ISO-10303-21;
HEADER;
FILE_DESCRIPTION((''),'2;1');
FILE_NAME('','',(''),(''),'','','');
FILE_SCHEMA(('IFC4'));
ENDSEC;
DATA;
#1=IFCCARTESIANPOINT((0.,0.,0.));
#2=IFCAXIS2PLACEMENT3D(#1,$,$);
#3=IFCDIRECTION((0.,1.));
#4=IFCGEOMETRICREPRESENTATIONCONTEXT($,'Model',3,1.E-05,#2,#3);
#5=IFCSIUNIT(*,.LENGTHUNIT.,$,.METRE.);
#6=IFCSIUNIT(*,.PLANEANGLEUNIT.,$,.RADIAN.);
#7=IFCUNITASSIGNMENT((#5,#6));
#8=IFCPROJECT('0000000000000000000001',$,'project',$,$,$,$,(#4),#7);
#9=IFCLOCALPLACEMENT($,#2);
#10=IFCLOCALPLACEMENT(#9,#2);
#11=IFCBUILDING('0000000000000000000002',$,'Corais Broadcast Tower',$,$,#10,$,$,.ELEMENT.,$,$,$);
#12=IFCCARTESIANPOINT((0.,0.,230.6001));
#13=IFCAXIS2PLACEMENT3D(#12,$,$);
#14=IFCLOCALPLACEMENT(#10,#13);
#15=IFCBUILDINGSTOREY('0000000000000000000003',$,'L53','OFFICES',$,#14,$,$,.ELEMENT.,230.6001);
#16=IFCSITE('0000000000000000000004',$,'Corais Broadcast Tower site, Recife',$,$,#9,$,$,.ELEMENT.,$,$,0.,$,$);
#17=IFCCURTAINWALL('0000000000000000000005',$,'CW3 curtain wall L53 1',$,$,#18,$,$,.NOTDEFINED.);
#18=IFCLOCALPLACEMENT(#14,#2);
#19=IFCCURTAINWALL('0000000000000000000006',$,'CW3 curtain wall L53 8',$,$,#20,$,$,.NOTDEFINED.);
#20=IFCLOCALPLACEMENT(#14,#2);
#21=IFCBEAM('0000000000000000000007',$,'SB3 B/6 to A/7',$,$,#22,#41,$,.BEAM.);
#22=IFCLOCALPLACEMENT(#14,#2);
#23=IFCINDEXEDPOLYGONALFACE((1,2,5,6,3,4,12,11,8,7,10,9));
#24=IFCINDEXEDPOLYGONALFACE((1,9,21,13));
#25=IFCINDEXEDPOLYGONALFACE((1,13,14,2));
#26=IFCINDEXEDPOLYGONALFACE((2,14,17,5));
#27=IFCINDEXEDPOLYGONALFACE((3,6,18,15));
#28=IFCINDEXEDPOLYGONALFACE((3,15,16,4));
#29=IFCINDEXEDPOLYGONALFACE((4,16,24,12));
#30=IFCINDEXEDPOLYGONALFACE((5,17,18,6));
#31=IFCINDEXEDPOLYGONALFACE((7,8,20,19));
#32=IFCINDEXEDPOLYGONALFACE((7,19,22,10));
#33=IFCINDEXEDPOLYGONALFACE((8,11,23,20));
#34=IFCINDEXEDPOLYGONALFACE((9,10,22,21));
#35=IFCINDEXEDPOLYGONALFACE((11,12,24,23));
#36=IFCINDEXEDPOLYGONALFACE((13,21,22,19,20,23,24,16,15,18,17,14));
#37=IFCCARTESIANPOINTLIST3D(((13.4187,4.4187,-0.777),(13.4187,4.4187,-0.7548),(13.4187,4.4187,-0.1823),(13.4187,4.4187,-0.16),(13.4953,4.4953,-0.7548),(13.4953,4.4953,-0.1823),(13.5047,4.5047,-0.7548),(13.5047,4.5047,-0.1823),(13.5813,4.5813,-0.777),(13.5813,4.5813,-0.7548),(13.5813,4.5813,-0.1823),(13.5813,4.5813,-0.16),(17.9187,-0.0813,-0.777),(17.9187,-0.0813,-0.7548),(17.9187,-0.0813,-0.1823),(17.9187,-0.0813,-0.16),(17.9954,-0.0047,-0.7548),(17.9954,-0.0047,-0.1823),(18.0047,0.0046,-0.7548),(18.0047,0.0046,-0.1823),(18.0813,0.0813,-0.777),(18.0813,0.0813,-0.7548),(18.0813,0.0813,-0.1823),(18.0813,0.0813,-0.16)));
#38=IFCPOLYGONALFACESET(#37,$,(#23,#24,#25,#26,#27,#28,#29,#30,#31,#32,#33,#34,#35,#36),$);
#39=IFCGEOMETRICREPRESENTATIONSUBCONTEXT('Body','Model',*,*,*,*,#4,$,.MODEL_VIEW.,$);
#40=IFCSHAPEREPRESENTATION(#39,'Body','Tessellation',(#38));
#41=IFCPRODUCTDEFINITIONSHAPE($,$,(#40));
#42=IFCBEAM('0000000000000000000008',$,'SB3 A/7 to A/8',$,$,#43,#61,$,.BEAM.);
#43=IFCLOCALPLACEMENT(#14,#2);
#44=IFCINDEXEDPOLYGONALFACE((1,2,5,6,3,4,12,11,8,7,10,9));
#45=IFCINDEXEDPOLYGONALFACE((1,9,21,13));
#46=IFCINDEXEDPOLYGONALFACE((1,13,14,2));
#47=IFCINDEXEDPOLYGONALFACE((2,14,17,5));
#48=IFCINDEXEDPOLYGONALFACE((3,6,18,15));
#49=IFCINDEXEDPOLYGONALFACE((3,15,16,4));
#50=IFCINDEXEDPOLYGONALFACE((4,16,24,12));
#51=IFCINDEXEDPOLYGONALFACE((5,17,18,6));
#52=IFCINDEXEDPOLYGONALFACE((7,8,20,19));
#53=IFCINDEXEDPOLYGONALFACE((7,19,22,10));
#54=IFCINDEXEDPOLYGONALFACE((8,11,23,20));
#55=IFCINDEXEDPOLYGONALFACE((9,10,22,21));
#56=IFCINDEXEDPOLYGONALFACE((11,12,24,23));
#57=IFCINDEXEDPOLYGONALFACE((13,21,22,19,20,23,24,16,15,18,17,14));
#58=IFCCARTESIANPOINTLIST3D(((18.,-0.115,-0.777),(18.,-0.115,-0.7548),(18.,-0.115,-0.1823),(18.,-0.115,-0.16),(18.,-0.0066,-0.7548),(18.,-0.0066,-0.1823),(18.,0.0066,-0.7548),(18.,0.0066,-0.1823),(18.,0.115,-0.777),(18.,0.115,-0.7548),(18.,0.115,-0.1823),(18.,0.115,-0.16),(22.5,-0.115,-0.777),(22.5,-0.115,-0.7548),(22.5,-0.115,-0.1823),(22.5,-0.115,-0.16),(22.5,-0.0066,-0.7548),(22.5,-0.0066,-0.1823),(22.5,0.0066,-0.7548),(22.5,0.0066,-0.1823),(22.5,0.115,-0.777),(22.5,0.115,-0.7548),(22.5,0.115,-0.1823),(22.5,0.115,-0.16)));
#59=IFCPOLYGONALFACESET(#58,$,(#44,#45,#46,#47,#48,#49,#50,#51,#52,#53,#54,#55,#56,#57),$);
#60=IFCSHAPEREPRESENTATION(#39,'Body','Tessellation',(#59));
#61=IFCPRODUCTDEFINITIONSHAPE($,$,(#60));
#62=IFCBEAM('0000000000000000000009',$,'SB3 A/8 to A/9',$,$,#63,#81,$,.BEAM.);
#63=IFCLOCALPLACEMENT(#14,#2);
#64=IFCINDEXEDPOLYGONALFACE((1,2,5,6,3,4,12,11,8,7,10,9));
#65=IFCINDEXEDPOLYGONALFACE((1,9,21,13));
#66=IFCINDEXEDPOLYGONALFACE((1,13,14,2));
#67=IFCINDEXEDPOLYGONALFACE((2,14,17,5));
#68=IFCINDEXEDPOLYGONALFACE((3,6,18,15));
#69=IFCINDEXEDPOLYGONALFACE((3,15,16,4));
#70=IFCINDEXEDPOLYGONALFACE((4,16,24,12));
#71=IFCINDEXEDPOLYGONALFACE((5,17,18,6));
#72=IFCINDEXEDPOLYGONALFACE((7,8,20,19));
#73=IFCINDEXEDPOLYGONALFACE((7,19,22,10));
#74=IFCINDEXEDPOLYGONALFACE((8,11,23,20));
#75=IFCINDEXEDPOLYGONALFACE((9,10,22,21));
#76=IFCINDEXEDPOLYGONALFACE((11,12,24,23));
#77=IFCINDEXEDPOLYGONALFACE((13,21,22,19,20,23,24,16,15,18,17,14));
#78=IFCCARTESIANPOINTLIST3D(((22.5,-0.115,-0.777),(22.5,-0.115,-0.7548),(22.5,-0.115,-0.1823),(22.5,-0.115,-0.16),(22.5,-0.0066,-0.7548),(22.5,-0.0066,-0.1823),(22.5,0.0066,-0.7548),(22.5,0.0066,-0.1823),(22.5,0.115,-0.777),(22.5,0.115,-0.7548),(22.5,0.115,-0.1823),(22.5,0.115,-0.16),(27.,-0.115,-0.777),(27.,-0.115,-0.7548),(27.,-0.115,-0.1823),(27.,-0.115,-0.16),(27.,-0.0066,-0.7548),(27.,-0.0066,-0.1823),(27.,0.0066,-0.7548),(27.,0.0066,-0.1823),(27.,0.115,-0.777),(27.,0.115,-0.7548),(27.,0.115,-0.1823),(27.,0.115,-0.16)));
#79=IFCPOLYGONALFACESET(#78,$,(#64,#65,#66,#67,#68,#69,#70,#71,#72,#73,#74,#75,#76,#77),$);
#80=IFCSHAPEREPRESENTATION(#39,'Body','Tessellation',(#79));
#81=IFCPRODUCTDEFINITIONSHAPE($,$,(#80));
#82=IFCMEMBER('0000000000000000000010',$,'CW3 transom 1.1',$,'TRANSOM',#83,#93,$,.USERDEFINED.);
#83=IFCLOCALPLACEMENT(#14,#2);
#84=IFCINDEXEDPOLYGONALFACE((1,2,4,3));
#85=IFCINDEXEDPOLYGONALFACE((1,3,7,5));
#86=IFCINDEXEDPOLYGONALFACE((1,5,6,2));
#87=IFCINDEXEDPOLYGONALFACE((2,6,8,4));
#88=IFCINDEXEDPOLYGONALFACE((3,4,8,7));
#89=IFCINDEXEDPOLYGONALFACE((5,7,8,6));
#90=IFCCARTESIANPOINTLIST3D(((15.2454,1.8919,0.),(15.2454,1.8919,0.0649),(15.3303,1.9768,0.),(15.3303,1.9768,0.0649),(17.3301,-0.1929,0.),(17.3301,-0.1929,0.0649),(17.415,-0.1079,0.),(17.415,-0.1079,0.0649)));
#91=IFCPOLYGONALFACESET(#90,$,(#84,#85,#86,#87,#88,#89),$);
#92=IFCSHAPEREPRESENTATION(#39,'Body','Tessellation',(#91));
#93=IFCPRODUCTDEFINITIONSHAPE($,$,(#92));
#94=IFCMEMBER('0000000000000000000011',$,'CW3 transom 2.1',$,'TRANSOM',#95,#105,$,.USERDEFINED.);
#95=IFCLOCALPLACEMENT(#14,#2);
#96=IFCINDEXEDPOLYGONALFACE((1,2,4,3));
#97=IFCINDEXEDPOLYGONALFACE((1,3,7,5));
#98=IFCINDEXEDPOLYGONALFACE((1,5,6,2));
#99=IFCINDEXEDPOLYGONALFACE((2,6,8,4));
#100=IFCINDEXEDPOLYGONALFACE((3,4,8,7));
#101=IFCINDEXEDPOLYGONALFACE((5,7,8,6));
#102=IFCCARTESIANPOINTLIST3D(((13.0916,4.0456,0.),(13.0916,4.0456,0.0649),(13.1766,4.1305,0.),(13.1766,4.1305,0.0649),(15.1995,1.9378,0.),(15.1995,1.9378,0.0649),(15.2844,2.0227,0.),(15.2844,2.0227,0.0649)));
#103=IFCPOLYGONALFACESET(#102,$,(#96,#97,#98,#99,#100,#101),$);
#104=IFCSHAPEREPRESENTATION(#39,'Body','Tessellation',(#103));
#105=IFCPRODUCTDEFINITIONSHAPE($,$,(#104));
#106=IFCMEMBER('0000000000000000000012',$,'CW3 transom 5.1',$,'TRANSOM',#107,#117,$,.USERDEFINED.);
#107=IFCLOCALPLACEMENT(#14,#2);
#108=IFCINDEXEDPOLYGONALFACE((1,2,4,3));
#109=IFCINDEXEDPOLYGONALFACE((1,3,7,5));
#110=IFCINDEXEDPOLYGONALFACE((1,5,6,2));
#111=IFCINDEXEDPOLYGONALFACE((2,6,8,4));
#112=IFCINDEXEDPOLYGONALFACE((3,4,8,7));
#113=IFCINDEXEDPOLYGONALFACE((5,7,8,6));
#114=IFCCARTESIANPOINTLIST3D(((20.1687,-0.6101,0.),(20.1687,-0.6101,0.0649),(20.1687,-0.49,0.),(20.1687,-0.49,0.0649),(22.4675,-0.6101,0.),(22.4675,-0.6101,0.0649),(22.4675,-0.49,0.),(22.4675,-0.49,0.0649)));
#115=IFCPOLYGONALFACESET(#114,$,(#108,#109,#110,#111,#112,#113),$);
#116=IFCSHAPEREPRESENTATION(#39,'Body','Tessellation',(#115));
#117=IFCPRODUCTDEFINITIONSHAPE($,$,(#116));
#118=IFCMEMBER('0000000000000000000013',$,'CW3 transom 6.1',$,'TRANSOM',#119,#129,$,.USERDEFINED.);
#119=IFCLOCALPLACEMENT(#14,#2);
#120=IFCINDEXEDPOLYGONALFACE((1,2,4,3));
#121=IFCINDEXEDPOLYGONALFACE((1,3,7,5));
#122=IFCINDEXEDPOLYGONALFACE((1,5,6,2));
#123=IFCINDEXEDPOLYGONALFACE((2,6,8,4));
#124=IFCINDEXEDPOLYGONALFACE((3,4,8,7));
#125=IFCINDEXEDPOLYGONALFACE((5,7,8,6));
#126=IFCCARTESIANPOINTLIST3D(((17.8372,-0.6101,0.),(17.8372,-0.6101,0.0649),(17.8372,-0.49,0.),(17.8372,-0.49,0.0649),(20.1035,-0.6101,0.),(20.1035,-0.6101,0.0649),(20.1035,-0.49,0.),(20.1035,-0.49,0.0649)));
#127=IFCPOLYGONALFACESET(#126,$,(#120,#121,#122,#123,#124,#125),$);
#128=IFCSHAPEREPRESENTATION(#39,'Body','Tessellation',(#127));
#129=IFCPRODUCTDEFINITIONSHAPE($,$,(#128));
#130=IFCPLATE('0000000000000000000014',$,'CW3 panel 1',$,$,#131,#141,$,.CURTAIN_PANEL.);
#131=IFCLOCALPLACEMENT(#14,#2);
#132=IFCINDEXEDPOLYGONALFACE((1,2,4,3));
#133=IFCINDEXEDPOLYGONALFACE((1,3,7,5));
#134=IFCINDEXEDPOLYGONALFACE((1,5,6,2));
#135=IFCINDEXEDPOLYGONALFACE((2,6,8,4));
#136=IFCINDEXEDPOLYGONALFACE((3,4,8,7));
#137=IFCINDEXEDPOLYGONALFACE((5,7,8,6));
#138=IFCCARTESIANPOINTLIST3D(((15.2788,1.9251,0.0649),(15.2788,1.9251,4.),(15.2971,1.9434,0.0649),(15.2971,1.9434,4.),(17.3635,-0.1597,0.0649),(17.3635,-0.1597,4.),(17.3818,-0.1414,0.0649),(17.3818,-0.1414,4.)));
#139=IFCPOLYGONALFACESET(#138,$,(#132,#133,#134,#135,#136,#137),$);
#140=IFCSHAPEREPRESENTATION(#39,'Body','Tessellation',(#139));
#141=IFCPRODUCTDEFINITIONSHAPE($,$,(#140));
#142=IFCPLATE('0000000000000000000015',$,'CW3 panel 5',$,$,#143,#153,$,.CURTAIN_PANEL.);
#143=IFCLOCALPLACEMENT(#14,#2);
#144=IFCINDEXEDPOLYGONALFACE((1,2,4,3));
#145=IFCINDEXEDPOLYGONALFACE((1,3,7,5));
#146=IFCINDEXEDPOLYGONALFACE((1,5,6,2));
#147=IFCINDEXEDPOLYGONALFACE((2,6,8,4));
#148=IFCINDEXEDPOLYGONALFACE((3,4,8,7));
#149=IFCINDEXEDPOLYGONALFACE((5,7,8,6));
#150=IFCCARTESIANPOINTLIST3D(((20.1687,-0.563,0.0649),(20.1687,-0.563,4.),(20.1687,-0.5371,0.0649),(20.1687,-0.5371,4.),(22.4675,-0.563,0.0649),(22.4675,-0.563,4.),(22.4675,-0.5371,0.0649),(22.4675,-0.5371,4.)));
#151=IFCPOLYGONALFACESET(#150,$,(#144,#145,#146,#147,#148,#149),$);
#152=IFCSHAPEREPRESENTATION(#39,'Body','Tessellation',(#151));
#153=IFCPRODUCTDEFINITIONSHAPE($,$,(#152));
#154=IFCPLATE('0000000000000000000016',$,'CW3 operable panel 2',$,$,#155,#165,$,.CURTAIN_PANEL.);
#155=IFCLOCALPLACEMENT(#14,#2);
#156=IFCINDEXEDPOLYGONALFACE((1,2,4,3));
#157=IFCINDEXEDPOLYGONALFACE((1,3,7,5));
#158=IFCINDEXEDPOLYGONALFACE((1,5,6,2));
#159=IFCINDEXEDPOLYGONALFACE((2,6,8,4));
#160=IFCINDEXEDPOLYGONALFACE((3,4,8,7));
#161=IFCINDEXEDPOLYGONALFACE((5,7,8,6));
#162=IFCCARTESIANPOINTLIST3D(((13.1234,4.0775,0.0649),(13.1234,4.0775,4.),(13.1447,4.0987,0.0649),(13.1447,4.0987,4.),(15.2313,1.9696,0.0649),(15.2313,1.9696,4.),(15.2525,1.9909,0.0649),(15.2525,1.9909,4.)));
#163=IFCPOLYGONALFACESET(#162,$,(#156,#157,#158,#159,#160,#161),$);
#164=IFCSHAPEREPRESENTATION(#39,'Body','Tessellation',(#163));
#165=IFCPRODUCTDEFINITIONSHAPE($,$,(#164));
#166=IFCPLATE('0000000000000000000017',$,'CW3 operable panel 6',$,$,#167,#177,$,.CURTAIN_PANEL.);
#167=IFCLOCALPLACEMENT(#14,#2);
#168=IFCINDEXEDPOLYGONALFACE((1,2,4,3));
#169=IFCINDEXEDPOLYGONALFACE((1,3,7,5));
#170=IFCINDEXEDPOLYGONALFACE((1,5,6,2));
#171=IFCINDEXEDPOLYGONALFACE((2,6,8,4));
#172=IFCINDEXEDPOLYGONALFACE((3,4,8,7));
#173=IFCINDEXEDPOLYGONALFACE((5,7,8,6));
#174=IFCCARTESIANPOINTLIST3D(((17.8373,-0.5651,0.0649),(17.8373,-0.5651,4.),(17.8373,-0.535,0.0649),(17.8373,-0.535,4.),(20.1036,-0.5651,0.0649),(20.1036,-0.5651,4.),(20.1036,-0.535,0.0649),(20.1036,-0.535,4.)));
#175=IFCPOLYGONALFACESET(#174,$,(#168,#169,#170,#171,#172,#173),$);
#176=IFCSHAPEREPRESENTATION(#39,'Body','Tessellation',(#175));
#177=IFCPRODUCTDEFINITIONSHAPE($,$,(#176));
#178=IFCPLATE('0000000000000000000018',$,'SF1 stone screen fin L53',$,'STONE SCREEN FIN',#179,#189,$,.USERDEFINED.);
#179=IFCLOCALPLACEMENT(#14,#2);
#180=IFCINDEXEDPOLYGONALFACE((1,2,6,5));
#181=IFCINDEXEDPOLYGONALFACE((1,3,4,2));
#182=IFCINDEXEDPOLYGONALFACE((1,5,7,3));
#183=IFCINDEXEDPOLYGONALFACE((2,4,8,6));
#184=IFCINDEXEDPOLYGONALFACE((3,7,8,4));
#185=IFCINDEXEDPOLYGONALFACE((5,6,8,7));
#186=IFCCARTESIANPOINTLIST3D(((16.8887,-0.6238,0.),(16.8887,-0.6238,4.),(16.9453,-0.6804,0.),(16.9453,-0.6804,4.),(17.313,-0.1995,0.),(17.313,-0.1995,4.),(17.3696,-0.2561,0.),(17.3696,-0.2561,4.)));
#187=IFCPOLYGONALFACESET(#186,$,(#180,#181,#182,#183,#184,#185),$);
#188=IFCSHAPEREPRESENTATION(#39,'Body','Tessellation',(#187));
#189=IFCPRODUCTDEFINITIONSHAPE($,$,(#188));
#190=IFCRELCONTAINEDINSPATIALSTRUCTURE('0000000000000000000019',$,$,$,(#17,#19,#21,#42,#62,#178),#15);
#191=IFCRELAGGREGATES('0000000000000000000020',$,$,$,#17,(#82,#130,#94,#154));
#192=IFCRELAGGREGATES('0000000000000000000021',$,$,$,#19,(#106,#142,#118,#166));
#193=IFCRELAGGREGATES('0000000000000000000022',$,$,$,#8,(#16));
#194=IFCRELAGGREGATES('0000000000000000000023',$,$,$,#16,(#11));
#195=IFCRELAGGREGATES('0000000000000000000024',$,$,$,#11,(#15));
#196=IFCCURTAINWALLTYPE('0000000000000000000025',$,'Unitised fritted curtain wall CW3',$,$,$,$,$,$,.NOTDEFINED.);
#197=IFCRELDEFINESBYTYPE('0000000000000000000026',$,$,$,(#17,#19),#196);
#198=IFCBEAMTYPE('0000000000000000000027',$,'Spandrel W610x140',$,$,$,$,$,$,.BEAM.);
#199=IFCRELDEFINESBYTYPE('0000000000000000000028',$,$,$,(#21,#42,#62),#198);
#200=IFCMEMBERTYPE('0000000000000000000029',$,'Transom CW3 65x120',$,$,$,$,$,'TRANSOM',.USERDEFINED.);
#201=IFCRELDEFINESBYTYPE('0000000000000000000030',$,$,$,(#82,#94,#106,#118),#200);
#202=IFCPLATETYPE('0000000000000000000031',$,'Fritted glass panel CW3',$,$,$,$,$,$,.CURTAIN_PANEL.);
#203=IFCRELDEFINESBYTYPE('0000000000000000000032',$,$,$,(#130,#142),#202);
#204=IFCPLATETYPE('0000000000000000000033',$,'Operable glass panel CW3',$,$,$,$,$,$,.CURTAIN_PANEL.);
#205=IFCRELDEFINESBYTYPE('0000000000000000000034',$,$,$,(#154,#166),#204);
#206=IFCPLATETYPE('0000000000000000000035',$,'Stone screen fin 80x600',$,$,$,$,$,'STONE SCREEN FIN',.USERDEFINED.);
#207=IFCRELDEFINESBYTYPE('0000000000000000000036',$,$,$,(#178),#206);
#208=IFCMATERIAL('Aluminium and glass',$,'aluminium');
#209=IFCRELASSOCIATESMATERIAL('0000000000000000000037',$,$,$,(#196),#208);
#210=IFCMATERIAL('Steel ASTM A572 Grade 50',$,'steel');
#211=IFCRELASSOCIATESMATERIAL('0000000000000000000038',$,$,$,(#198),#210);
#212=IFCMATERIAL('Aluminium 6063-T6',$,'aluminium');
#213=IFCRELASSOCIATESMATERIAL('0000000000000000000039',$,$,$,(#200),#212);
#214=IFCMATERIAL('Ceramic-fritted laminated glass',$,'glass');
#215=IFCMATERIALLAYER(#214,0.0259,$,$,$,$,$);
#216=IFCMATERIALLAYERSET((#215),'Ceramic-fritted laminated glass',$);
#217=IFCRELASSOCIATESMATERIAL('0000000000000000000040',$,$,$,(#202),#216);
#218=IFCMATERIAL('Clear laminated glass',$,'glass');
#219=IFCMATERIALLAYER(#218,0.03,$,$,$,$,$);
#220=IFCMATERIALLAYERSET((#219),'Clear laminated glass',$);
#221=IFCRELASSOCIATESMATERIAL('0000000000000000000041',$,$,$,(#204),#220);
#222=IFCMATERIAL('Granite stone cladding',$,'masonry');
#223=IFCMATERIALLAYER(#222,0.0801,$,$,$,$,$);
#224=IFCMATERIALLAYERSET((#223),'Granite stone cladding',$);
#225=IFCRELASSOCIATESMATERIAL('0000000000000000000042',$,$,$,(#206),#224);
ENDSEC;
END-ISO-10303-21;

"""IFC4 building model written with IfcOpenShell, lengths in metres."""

from ifc_helpers import new_model, si_unit, direction, frame, origin, origin_2d, place, context, subcontext, project, spatial, rectangle, i_section, extrude, material, layer, layer_set, material_profile, profile_set, type_object, element, aggregate, save


model = new_model("IFC4")

# Units and contexts
model_context = context("Model", 3, precision=1e-05, world=origin(), true_north=direction((0.0, 1.0)))
body_context = subcontext(model_context, "Body", "Model", "MODEL_VIEW")
ifc_project = project(units=[si_unit("LENGTHUNIT", "METRE"), si_unit("PLANEANGLEUNIT", "RADIAN")], contexts=[model_context])

# Site, building, storey
site_placement = place(None, origin())
site = spatial("IfcSite", under=ifc_project, at=site_placement, Name="Corais Broadcast Tower site, Recife", CompositionType="ELEMENT", RefElevation=0.0)
building_placement = place(site_placement, origin())
building = spatial("IfcBuilding", under=site, at=building_placement, Name="Corais Broadcast Tower", CompositionType="ELEMENT")
storey_placement = place(building_placement, frame((0.0, 0.0, 230.6001)))
storey = spatial("IfcBuildingStorey", under=building, at=storey_placement, Name="L53", Description="OFFICES", CompositionType="ELEMENT", Elevation=230.6001)

# Curtain walls
ifc_material_1 = material(Name="Aluminium and glass", Category="aluminium")
curtain_wall_type = type_object("IfcCurtainWallType", Name="Unitised fritted curtain wall CW3", PredefinedType="NOTDEFINED", material=ifc_material_1)
curtain_wall_1_placement = place(storey_placement, origin())
curtain_wall_1 = element("IfcCurtainWall", 1, at=curtain_wall_1_placement, inside=storey, type_object=curtain_wall_type, Name="CW3 curtain wall L53 1", PredefinedType="NOTDEFINED")
curtain_wall_2_placement = place(storey_placement, origin())
curtain_wall_2 = element("IfcCurtainWall", 2, at=curtain_wall_2_placement, inside=storey, type_object=curtain_wall_type, Name="CW3 curtain wall L53 8", PredefinedType="NOTDEFINED")

# Beams
ifc_material_2 = material(Name="Steel ASTM A572 Grade 50", Category="steel")
ifc_material_profile_1 = material_profile(ifc_material_2, i_section(OverallWidth=0.23, OverallDepth=0.6169, WebThickness=0.0132, FlangeThickness=0.0222, at=origin_2d()), Name="W610x140")
ifc_profile_set_1 = profile_set([ifc_material_profile_1], Name="Steel ASTM A572 Grade 50")
beam_type_1 = type_object("IfcBeamType", Name="Spandrel W610x140", PredefinedType="BEAM", material=ifc_profile_set_1)
beam_1_placement = place(storey_placement, frame((13.5, 4.5, -0.4685), z_axis=(0.707107, -0.707107, 0.0), x_axis=(0.707107, 0.707107, 0.0)))
element("IfcBeam", 3, at=beam_1_placement, inside=storey, type_object=beam_type_1, Name="SB3 B/6 to A/7", PredefinedType="BEAM", context=body_context, shape_type="SweptSolid", body=[
    extrude(i_section(OverallWidth=0.23, OverallDepth=0.6169, WebThickness=0.0132, FlangeThickness=0.0222, at=origin_2d()), origin(), (0.0, 0.0, 1.0), 6.364),
])
for number, where, z_axis, x_axis, name in (
    (4, (18.0, 0.0, -0.4685), (1.0, 0.0, 0.0), (0.0, 1.0, 0.0), "SB3 A/7 to A/8"),
    (5, (22.5, 0.0, -0.4685), (1.0, 0.0, 0.0), (0.0, 1.0, 0.0), "SB3 A/8 to A/9"),
):
    element("IfcBeam", number, at=place(storey_placement, frame(where, z_axis=z_axis, x_axis=x_axis)), inside=storey, type_object=beam_type_1, Name=name, PredefinedType="BEAM", context=body_context, shape_type="SweptSolid", body=[
        extrude(i_section(OverallWidth=0.23, OverallDepth=0.6169, WebThickness=0.0132, FlangeThickness=0.0222, at=origin_2d()), origin(), (0.0, 0.0, 1.0), 4.5),
    ])

# Members
ifc_material_3 = material(Name="Aluminium 6063-T6", Category="aluminium")
ifc_material_profile_2 = material_profile(ifc_material_3, rectangle(XDim=0.1201, YDim=0.0649, at=origin_2d()), Name="Transom CW3 65x120")
ifc_profile_set_2 = profile_set([ifc_material_profile_2], Name="Aluminium 6063-T6")
member_type_1 = type_object("IfcMemberType", Name="Transom CW3 65x120", ElementType="TRANSOM", PredefinedType="USERDEFINED", material=ifc_profile_set_2)
member_1_placement = place(storey_placement, frame((17.3726, -0.1504, 0.0325), z_axis=(-0.707107, 0.707107, 0.0), x_axis=(-0.707107, -0.707107, 0.0)))
member_1 = element("IfcMember", 6, at=member_1_placement, type_object=member_type_1, Name="CW3 transom 1.1", ObjectType="TRANSOM", PredefinedType="USERDEFINED", context=body_context, shape_type="SweptSolid", body=[
    extrude(rectangle(XDim=0.1201, YDim=0.0649, at=origin_2d()), origin(), (0.0, 0.0, 1.0), 2.9482),
])
member_2_placement = place(storey_placement, frame((15.2419, 1.9802, 0.0325), z_axis=(-0.707107, 0.707107, 0.0), x_axis=(-0.707107, -0.707107, 0.0)))
member_2 = element("IfcMember", 7, at=member_2_placement, type_object=member_type_1, Name="CW3 transom 2.1", ObjectType="TRANSOM", PredefinedType="USERDEFINED", context=body_context, shape_type="SweptSolid", body=[
    extrude(rectangle(XDim=0.1201, YDim=0.0649, at=origin_2d()), origin(), (0.0, 0.0, 1.0), 2.981),
])
member_3_placement = place(storey_placement, frame((22.4675, -0.55, 0.0325), z_axis=(-1.0, 0.0, 0.0), x_axis=(0.0, -1.0, 0.0)))
member_3 = element("IfcMember", 8, at=member_3_placement, type_object=member_type_1, Name="CW3 transom 5.1", ObjectType="TRANSOM", PredefinedType="USERDEFINED", context=body_context, shape_type="SweptSolid", body=[
    extrude(rectangle(XDim=0.1201, YDim=0.0649, at=origin_2d()), origin(), (0.0, 0.0, 1.0), 2.2988),
])
member_4_placement = place(storey_placement, frame((20.1035, -0.55, 0.0325), z_axis=(-1.0, 0.0, 0.0), x_axis=(0.0, -1.0, 0.0)))
member_4 = element("IfcMember", 9, at=member_4_placement, type_object=member_type_1, Name="CW3 transom 6.1", ObjectType="TRANSOM", PredefinedType="USERDEFINED", context=body_context, shape_type="SweptSolid", body=[
    extrude(rectangle(XDim=0.1201, YDim=0.0649, at=origin_2d()), origin(), (0.0, 0.0, 1.0), 2.2664),
])

# Plates
ifc_material_4 = material(Name="Ceramic-fritted laminated glass", Category="glass")
ifc_layer_1 = layer(ifc_material_4, 0.0259)
ifc_layer_set_1 = layer_set([ifc_layer_1], Name="Ceramic-fritted laminated glass")
plate_type_1 = type_object("IfcPlateType", Name="Fritted glass panel CW3", PredefinedType="CURTAIN_PANEL", material=ifc_layer_set_1)
plate_1_placement = place(storey_placement, frame((16.3303, 0.8918, 0.0649), z_axis=(0.0, 0.0, 1.0), x_axis=(-0.707107, 0.707107, 0.0)))
plate_1 = element("IfcPlate", 10, at=plate_1_placement, type_object=plate_type_1, Name="CW3 panel 1", PredefinedType="CURTAIN_PANEL", context=body_context, shape_type="SweptSolid", body=[
    extrude(rectangle(XDim=2.9482, YDim=0.0259, at=origin_2d()), origin(), (0.0, 0.0, 1.0), 3.9351),
])
plate_2_placement = place(storey_placement, frame((21.3181, -0.55, 0.0649), z_axis=(0.0, 0.0, 1.0), x_axis=(-1.0, 0.0, 0.0)))
plate_2 = element("IfcPlate", 11, at=plate_2_placement, type_object=plate_type_1, Name="CW3 panel 5", PredefinedType="CURTAIN_PANEL", context=body_context, shape_type="SweptSolid", body=[
    extrude(rectangle(XDim=2.2988, YDim=0.0259, at=origin_2d()), origin(), (0.0, 0.0, 1.0), 3.9351),
])
ifc_material_5 = material(Name="Clear laminated glass", Category="glass")
ifc_layer_2 = layer(ifc_material_5, 0.03)
ifc_layer_set_2 = layer_set([ifc_layer_2], Name="Clear laminated glass")
plate_type_2 = type_object("IfcPlateType", Name="Operable glass panel CW3", PredefinedType="CURTAIN_PANEL", material=ifc_layer_set_2)
plate_3_placement = place(storey_placement, frame((14.188, 3.0342, 0.0649), z_axis=(0.0, 0.0, 1.0), x_axis=(-0.707107, 0.707107, 0.0)))
plate_3 = element("IfcPlate", 12, at=plate_3_placement, type_object=plate_type_2, Name="CW3 operable panel 2", PredefinedType="CURTAIN_PANEL", context=body_context, shape_type="SweptSolid", body=[
    extrude(rectangle(XDim=2.981, YDim=0.03, at=origin_2d()), origin(), (0.0, 0.0, 1.0), 3.9351),
])
aggregate(curtain_wall_1, [member_1, plate_1, member_2, plate_3])
plate_4_placement = place(storey_placement, frame((18.9705, -0.55, 0.0649), z_axis=(0.0, 0.0, 1.0), x_axis=(-1.0, 0.0, 0.0)))
plate_4 = element("IfcPlate", 13, at=plate_4_placement, type_object=plate_type_2, Name="CW3 operable panel 6", PredefinedType="CURTAIN_PANEL", context=body_context, shape_type="SweptSolid", body=[
    extrude(rectangle(XDim=2.2664, YDim=0.03, at=origin_2d()), origin(), (0.0, 0.0, 1.0), 3.9351),
])
aggregate(curtain_wall_2, [member_3, plate_2, member_4, plate_4])
ifc_material_6 = material(Name="Granite stone cladding", Category="masonry")
ifc_layer_3 = layer(ifc_material_6, 0.0801)
ifc_layer_set_3 = layer_set([ifc_layer_3], Name="Granite stone cladding")
plate_type_3 = type_object("IfcPlateType", Name="Stone screen fin 80x600", ElementType="STONE SCREEN FIN", PredefinedType="USERDEFINED", material=ifc_layer_set_3)
plate_5_placement = place(storey_placement, frame((17.1292, -0.4399, 0.0), z_axis=(0.0, 0.0, 1.0), x_axis=(-0.707107, 0.707107, 0.0)))
element("IfcPlate", 14, at=plate_5_placement, inside=storey, type_object=plate_type_3, Name="SF1 stone screen fin L53", ObjectType="STONE SCREEN FIN", PredefinedType="USERDEFINED", context=body_context, shape_type="SweptSolid", body=[
    extrude(rectangle(XDim=0.0801, YDim=0.6001, at=origin_2d()), origin(), (0.0, 0.0, 1.0), 4.0),
])

save(model, "model.ifc")
